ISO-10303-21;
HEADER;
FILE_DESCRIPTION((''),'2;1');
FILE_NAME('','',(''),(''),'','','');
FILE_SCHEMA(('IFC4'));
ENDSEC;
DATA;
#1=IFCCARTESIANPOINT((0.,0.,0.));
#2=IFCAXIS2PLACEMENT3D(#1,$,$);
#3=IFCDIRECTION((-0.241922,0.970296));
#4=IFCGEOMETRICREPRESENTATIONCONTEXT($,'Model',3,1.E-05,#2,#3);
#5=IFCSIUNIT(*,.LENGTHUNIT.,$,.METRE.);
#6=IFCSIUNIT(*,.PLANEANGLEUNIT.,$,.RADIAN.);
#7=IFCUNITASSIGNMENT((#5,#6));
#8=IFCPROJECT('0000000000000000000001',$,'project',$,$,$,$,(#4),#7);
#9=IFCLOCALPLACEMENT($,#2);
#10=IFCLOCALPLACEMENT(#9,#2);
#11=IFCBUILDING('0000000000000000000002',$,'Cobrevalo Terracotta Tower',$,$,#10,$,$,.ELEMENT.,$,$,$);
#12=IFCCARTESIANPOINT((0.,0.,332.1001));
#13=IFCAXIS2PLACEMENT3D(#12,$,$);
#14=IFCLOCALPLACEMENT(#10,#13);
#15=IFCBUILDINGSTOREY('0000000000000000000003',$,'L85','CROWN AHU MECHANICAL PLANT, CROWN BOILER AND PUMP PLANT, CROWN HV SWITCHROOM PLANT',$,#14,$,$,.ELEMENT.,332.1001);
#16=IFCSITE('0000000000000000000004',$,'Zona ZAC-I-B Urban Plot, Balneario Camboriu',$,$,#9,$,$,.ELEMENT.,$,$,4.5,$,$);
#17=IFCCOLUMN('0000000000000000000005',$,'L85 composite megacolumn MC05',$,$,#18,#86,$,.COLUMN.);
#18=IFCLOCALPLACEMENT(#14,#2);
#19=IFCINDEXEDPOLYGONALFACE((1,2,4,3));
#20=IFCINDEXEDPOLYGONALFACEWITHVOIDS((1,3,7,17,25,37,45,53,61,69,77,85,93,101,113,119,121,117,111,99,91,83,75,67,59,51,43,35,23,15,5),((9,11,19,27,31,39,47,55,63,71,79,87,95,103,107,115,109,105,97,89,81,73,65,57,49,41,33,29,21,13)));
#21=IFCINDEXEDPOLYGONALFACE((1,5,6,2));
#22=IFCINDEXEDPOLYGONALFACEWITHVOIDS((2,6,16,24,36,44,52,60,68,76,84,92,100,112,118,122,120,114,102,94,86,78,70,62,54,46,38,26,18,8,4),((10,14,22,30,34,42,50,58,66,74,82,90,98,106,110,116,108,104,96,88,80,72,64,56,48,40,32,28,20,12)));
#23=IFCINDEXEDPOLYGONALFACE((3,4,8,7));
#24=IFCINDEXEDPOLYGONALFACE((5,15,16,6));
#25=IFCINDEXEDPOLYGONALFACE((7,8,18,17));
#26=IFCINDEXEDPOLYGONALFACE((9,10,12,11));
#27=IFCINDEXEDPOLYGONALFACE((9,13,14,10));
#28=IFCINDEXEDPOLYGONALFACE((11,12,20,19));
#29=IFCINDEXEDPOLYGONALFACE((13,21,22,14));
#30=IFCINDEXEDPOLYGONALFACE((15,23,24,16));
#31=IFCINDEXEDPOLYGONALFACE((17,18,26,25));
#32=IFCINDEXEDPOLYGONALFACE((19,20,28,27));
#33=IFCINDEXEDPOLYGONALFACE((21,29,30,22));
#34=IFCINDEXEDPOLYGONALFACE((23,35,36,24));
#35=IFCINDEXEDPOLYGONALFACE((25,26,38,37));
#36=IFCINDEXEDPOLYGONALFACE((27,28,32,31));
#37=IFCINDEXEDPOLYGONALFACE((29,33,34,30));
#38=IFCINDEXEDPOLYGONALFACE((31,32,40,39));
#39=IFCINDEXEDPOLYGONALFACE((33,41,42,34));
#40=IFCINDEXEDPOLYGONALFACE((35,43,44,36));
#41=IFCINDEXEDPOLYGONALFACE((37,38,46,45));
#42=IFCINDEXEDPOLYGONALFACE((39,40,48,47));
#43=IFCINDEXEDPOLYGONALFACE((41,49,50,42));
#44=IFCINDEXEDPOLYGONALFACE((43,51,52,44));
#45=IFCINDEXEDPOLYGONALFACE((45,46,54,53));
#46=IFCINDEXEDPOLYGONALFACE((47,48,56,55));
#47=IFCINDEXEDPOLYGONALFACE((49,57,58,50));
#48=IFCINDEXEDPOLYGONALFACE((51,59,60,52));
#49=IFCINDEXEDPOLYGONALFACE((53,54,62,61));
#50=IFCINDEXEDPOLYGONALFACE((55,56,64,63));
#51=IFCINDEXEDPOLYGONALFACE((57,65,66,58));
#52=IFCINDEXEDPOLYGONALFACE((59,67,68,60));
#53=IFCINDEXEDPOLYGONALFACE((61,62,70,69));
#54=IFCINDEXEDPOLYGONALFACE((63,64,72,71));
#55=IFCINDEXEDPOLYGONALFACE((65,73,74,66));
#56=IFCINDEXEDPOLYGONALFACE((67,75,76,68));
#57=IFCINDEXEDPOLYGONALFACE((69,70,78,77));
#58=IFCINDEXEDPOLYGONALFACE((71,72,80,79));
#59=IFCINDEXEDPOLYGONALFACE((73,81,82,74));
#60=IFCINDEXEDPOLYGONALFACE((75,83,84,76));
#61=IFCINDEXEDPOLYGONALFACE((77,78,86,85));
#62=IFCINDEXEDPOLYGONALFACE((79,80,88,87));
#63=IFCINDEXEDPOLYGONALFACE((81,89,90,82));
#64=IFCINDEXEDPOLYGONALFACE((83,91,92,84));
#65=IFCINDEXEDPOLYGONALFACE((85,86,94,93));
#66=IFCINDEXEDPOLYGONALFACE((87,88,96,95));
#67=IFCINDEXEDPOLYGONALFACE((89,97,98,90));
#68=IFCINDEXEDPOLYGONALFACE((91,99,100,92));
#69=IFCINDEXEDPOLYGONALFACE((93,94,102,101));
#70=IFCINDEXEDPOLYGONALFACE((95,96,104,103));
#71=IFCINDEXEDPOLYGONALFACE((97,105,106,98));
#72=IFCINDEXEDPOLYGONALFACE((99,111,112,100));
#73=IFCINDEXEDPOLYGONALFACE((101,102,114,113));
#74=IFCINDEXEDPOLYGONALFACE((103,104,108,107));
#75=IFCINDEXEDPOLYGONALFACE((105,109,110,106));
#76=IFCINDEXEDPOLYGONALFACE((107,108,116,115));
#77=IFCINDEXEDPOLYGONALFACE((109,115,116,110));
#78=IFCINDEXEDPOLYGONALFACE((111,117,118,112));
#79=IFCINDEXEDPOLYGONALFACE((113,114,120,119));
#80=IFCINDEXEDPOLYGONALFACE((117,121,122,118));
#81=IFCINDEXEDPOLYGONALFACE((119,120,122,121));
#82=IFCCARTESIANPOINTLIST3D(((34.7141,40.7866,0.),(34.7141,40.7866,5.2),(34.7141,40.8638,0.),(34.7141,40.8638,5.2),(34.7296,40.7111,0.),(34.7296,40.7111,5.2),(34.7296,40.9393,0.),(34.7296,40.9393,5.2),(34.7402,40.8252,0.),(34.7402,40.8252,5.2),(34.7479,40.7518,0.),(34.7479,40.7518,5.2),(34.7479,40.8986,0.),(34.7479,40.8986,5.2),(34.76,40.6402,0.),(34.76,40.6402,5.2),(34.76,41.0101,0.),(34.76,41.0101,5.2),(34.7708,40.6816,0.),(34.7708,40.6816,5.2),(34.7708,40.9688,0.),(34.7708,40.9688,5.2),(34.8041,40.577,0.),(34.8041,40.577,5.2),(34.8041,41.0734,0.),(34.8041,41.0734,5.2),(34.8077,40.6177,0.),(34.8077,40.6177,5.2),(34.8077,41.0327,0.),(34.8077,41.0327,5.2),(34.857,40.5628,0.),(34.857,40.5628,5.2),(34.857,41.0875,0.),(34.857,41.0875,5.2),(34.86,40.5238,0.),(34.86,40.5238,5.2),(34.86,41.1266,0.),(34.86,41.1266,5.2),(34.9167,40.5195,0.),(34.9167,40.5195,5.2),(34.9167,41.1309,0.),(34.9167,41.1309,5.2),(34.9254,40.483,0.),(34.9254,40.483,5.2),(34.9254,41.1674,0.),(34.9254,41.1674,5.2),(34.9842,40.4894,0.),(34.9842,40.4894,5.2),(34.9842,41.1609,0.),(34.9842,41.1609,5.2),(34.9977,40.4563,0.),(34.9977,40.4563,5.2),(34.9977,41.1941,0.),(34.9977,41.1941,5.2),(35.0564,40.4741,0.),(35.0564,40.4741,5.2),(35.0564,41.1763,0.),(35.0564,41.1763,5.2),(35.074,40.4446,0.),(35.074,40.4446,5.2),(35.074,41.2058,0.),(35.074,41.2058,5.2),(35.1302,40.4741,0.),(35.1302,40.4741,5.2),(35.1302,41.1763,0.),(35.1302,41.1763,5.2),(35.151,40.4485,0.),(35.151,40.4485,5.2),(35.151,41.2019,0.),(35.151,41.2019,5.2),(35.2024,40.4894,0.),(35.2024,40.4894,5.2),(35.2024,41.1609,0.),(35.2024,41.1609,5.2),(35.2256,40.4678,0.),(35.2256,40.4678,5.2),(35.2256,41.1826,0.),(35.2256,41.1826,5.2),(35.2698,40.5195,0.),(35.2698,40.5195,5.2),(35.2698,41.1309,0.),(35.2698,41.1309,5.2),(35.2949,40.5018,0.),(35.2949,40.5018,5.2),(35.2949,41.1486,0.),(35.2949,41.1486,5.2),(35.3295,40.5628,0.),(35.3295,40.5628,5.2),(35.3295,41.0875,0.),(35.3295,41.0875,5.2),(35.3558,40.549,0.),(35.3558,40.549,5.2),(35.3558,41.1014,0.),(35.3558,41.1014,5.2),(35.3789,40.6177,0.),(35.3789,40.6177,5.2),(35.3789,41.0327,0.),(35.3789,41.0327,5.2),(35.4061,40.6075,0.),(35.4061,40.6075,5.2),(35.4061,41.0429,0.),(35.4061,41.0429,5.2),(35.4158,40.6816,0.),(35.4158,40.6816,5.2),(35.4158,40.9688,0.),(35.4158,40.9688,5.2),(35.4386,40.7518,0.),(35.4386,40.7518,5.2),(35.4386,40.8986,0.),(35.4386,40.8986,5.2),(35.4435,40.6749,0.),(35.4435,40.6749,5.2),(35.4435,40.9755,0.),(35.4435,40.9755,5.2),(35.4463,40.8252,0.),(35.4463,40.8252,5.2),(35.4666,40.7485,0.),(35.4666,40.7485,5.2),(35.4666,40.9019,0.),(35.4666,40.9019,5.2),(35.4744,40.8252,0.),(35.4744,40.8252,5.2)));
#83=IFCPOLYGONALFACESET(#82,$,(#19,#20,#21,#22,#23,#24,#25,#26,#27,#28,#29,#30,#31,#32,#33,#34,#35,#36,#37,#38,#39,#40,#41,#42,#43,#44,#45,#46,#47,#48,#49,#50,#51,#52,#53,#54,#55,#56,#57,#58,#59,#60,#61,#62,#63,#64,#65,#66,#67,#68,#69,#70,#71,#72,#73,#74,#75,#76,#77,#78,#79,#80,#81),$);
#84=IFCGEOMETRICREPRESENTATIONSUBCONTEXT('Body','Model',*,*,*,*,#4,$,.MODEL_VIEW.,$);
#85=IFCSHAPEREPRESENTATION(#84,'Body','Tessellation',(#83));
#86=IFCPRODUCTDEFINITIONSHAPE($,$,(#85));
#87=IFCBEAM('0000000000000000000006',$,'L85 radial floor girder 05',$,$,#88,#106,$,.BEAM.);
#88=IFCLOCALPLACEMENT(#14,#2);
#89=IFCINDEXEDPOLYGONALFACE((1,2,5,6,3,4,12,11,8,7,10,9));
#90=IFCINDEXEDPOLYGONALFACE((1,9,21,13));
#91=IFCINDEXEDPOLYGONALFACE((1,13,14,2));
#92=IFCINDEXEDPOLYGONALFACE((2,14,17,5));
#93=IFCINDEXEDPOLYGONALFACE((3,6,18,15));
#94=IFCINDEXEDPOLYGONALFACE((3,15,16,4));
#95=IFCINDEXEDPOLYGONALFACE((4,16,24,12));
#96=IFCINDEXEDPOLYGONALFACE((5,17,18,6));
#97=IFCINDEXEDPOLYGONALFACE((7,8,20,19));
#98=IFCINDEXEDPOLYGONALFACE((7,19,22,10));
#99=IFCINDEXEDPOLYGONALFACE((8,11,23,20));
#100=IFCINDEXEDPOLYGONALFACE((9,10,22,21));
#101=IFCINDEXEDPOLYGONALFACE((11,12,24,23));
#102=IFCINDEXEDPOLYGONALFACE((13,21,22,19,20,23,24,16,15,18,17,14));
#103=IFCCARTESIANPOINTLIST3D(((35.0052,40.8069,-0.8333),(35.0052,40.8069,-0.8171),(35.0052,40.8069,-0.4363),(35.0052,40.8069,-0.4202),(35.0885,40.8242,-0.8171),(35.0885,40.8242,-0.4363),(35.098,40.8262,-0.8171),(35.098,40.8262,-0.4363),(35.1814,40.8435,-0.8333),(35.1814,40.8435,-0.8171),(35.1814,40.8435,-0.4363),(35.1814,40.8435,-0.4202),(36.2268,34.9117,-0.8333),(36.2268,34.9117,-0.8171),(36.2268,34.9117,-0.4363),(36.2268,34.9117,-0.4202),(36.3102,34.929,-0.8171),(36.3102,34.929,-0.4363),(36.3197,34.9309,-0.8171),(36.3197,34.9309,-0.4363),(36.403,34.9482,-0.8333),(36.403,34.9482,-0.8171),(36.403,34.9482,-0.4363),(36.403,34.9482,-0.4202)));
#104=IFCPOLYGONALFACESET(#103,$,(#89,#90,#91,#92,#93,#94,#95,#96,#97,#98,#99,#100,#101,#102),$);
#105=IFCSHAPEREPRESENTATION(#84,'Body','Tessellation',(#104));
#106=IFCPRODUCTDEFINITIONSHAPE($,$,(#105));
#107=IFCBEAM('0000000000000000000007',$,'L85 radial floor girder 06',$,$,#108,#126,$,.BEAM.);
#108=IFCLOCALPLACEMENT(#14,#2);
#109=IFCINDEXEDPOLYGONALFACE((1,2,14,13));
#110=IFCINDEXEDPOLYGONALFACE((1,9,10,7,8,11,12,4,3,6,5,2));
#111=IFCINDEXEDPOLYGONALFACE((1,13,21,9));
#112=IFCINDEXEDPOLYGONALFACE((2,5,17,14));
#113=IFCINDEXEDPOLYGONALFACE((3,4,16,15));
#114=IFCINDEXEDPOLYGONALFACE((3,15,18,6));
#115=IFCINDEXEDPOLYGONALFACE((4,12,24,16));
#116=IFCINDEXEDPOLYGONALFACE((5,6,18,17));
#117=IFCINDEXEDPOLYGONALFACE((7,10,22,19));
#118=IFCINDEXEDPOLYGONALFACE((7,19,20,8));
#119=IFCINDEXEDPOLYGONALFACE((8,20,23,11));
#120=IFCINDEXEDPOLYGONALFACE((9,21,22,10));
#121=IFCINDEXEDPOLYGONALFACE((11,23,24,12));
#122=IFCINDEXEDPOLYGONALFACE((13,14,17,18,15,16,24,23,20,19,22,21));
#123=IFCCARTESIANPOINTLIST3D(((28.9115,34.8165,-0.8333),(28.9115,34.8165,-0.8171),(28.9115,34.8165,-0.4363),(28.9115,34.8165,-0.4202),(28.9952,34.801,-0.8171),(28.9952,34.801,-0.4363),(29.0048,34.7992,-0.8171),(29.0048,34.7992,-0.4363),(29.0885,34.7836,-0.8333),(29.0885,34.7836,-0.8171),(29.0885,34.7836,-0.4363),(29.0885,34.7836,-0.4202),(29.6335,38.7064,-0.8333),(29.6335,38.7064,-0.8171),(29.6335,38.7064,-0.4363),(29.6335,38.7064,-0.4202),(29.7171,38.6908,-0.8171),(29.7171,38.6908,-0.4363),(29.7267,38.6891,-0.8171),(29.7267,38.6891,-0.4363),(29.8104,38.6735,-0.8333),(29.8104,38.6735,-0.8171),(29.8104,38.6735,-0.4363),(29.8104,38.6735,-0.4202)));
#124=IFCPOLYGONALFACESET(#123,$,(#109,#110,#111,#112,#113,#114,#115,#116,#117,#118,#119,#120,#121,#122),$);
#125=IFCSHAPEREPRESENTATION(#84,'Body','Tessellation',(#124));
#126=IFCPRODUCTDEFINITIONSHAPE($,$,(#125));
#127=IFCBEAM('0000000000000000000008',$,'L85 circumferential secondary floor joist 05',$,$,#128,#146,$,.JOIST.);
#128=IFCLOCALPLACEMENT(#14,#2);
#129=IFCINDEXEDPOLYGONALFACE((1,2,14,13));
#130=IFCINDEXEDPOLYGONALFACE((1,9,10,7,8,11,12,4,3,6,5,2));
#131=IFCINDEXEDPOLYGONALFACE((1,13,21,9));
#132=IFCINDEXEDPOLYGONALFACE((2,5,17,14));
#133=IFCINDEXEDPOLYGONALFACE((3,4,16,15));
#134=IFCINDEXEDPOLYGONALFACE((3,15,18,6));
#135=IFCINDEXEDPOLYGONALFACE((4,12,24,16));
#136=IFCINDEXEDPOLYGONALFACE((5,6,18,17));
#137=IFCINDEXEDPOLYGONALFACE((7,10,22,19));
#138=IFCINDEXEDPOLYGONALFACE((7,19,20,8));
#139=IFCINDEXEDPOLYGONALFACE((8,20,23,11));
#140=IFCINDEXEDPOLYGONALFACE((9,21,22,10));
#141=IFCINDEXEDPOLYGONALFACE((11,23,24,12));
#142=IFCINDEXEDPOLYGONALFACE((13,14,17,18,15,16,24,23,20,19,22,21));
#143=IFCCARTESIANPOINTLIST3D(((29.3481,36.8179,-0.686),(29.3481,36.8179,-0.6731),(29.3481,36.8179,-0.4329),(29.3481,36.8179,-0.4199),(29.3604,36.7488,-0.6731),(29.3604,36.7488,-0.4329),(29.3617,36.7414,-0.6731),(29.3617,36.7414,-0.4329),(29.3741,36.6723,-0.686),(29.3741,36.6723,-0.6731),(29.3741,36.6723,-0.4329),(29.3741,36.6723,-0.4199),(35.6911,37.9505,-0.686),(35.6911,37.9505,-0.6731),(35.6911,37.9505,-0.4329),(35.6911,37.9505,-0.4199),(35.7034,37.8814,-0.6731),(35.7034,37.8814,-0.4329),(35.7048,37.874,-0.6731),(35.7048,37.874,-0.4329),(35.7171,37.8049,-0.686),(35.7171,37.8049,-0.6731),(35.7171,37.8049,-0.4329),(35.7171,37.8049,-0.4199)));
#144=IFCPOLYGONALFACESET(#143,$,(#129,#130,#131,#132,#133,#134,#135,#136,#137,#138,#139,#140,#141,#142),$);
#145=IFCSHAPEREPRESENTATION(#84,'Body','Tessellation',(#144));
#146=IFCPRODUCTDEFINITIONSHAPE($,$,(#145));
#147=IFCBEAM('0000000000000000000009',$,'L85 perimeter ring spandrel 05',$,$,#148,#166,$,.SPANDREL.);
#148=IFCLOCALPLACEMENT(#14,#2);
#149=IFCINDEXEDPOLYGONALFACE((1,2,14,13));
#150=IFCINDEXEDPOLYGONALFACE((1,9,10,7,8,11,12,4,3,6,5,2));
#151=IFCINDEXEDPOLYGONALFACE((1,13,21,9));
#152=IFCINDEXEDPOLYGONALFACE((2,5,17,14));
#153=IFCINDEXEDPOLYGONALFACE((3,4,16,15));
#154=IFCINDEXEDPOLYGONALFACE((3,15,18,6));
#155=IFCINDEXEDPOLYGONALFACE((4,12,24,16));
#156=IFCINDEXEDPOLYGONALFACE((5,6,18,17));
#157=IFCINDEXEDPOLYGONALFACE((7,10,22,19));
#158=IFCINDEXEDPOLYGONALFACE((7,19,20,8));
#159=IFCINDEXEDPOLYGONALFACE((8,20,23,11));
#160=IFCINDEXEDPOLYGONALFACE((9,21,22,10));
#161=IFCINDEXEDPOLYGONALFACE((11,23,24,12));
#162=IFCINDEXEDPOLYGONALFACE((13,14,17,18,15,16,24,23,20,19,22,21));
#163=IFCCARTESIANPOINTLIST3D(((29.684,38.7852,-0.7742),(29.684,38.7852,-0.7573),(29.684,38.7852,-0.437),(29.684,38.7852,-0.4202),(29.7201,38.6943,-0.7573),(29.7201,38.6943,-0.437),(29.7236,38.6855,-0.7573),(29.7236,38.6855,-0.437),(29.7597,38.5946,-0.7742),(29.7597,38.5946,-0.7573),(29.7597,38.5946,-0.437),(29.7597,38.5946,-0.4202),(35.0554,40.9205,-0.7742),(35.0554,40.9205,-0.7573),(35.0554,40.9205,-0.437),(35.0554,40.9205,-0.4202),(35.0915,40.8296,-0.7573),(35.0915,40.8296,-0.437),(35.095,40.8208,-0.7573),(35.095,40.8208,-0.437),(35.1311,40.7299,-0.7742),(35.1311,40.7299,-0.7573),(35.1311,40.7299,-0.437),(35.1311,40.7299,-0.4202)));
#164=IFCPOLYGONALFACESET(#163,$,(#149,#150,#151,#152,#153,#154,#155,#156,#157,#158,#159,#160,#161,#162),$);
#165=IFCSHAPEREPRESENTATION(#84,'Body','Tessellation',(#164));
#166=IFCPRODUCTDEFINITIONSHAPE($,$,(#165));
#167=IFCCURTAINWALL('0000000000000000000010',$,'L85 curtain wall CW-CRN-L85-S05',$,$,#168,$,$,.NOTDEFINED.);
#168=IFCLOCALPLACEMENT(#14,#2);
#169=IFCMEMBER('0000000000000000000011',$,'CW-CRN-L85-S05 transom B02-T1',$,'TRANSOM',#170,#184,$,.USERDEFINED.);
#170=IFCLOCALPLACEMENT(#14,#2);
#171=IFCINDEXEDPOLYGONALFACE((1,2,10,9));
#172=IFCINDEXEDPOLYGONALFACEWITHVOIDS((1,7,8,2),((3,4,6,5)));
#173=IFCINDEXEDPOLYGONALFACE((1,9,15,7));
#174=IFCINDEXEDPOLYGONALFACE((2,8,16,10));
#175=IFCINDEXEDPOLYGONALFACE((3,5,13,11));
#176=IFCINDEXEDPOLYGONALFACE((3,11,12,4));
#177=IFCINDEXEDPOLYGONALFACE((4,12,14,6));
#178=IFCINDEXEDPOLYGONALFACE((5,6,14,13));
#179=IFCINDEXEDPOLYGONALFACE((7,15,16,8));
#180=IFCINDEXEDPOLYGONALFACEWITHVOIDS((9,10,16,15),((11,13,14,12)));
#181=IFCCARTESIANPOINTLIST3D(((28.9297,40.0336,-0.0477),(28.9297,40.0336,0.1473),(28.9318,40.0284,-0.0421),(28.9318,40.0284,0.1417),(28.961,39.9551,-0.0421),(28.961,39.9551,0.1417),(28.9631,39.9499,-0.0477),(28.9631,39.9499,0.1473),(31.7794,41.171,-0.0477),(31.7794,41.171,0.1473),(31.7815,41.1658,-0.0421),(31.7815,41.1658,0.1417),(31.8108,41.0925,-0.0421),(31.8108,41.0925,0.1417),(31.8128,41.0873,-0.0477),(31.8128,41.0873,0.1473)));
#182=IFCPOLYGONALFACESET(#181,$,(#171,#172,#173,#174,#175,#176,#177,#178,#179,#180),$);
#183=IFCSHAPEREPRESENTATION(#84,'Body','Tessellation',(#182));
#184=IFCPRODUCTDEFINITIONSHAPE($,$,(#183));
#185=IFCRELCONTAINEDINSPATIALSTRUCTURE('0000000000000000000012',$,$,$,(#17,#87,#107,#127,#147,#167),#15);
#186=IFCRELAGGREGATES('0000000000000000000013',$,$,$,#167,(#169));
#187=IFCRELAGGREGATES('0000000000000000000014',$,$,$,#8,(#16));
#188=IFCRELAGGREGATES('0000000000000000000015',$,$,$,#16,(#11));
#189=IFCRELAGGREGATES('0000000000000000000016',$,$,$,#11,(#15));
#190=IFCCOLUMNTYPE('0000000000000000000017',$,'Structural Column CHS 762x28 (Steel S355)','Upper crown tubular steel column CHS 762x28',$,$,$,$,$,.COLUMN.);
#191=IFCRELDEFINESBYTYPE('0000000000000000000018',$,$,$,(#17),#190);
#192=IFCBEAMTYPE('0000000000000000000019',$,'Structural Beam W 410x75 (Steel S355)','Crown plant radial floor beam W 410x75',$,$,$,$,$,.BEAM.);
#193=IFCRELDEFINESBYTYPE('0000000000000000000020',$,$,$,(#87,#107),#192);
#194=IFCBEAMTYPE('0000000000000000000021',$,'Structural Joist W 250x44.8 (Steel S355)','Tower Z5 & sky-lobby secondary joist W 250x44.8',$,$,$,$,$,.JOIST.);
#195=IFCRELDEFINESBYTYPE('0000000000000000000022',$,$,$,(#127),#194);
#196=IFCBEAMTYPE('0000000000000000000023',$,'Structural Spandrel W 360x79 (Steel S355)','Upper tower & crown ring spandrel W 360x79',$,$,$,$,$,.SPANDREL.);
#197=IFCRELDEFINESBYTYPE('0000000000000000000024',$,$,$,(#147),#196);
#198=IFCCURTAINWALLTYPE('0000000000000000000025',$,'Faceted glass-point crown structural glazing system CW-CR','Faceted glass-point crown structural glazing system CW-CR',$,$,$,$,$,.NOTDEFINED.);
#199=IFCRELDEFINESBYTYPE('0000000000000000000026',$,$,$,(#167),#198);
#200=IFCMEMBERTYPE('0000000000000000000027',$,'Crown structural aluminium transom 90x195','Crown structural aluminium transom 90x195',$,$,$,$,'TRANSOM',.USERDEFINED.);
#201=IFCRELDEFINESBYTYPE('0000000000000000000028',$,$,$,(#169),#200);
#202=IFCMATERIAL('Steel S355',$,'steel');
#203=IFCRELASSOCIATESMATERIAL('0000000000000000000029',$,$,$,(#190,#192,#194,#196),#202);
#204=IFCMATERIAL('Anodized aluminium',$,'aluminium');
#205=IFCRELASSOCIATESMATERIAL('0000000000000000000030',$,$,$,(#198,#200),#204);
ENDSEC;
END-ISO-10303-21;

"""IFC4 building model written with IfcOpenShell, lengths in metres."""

from ifc_helpers import new_model, si_unit, direction, frame, origin, origin_2d, place, context, subcontext, project, spatial, hollow_rectangle, hollow_circle, i_section, extrude, source, transform, mapped, material, material_profile, profile_set, type_object, element, aggregate, save


model = new_model("IFC4")

# Units and contexts
model_context = context("Model", 3, precision=1e-05, world=origin(), true_north=direction((-0.241922, 0.970296)))
body_context = subcontext(model_context, "Body", "Model", "MODEL_VIEW")
ifc_project = project(units=[si_unit("LENGTHUNIT", "METRE"), si_unit("PLANEANGLEUNIT", "RADIAN")], contexts=[model_context])

# Site, building, storey
site_placement = place(None, origin())
site = spatial("IfcSite", under=ifc_project, at=site_placement, Name="Zona ZAC-I-B Urban Plot, Balneario Camboriu", CompositionType="ELEMENT", RefElevation=4.5)
building_placement = place(site_placement, origin())
building = spatial("IfcBuilding", under=site, at=building_placement, Name="Cobrevalo Terracotta Tower", CompositionType="ELEMENT")
storey_placement = place(building_placement, frame((0.0, 0.0, 332.1001)))
storey = spatial("IfcBuildingStorey", under=building, at=storey_placement, Name="L85", Description="CROWN AHU MECHANICAL PLANT, CROWN BOILER AND PUMP PLANT, CROWN HV SWITCHROOM PLANT", CompositionType="ELEMENT", Elevation=332.1001)

# Column
ifc_material_1 = material(Name="Steel S355", Category="steel")
ifc_material_profile_1 = material_profile(ifc_material_1, hollow_circle(Radius=0.3811, WallThickness=0.0281, at=origin_2d()), Name="CHS 762x28")
ifc_profile_set_1 = profile_set([ifc_material_profile_1], Name="Steel S355")
column_type = type_object("IfcColumnType", Name="Structural Column CHS 762x28 (Steel S355)", Description="Upper crown tubular steel column CHS 762x28", PredefinedType="COLUMN", material=ifc_profile_set_1)
column_placement = place(storey_placement, frame((35.0933, 40.8252, 0.0), z_axis=(0.0, 0.0, 1.0), x_axis=(1.0, 0.0, 0.0)))
element("IfcColumn", 1, at=column_placement, inside=storey, type_object=column_type, Name="L85 composite megacolumn MC05", PredefinedType="COLUMN", context=body_context, shape_type="SweptSolid", body=[
    extrude(hollow_circle(Radius=0.3811, WallThickness=0.0281, at=origin_2d()), origin(), (0.0, 0.0, 1.0), 5.2),
])

# Beams
ifc_material_profile_2 = material_profile(ifc_material_1, i_section(OverallWidth=0.1799, OverallDepth=0.4131, WebThickness=0.0098, FlangeThickness=0.0161, at=origin_2d()), Name="W 410x75")
ifc_profile_set_2 = profile_set([ifc_material_profile_2], Name="Steel S355")
beam_type_1 = type_object("IfcBeamType", Name="Structural Beam W 410x75 (Steel S355)", Description="Crown plant radial floor beam W 410x75", PredefinedType="BEAM", material=ifc_profile_set_2)
beam_1_placement = place(storey_placement, frame((35.0933, 40.8252, -0.6267), z_axis=(0.202919, -0.979195, 0.0), x_axis=(0.979195, 0.202919, 0.0)))
element("IfcBeam", 2, at=beam_1_placement, inside=storey, type_object=beam_type_1, Name="L85 radial floor girder 05", PredefinedType="BEAM", context=body_context, shape_type="SweptSolid", body=[
    extrude(i_section(OverallWidth=0.1799, OverallDepth=0.4131, WebThickness=0.0098, FlangeThickness=0.0161, at=origin_2d()), origin(), (0.0, 0.0, 1.0), 6.0205),
])
beam_2_placement = place(storey_placement, frame((29.7219, 38.6899, -0.6267), z_axis=(-0.182474, -0.983211, 0.0), x_axis=(0.983211, -0.182474, 0.0)))
element("IfcBeam", 3, at=beam_2_placement, inside=storey, type_object=beam_type_1, Name="L85 radial floor girder 06", PredefinedType="BEAM", context=body_context, shape_type="SweptSolid", body=[
    extrude(i_section(OverallWidth=0.1799, OverallDepth=0.4131, WebThickness=0.0098, FlangeThickness=0.0161, at=origin_2d()), origin(), (0.0, 0.0, 1.0), 3.9563),
])
ifc_material_profile_3 = material_profile(ifc_material_1, i_section(OverallWidth=0.1479, OverallDepth=0.2661, WebThickness=0.0076, FlangeThickness=0.0129, at=origin_2d()), Name="W 250x44.8")
ifc_profile_set_3 = profile_set([ifc_material_profile_3], Name="Steel S355")
beam_type_2 = type_object("IfcBeamType", Name="Structural Joist W 250x44.8 (Steel S355)", Description="Tower Z5 & sky-lobby secondary joist W 250x44.8", PredefinedType="JOIST", material=ifc_profile_set_3)
beam_3_placement = place(storey_placement, frame((35.7041, 37.8777, -0.553), z_axis=(-0.984431, -0.175774, 0.0), x_axis=(0.175774, -0.984431, 0.0)))
element("IfcBeam", 4, at=beam_3_placement, inside=storey, type_object=beam_type_2, Name="L85 circumferential secondary floor joist 05", PredefinedType="JOIST", context=body_context, shape_type="SweptSolid", body=[
    extrude(i_section(OverallWidth=0.1479, OverallDepth=0.2661, WebThickness=0.0076, FlangeThickness=0.0129, at=origin_2d()), origin(), (0.0, 0.0, 1.0), 6.4434),
])
ifc_material_profile_4 = material_profile(ifc_material_1, i_section(OverallWidth=0.2051, OverallDepth=0.354, WebThickness=0.0095, FlangeThickness=0.0168, at=origin_2d()), Name="W 360x79")
ifc_profile_set_4 = profile_set([ifc_material_profile_4], Name="Steel S355")
beam_type_3 = type_object("IfcBeamType", Name="Structural Spandrel W 360x79 (Steel S355)", Description="Upper tower & crown ring spandrel W 360x79", PredefinedType="SPANDREL", material=ifc_profile_set_4)
beam_4_placement = place(storey_placement, frame((35.0933, 40.8252, -0.5972), z_axis=(-0.929267, -0.369409, 0.0), x_axis=(0.369409, -0.929267, 0.0)))
element("IfcBeam", 5, at=beam_4_placement, inside=storey, type_object=beam_type_3, Name="L85 perimeter ring spandrel 05", PredefinedType="SPANDREL", context=body_context, shape_type="SweptSolid", body=[
    extrude(i_section(OverallWidth=0.2051, OverallDepth=0.354, WebThickness=0.0095, FlangeThickness=0.0168, at=origin_2d()), origin(), (0.0, 0.0, 1.0), 5.7803),
])

# Curtain wall, member
ifc_material_2 = material(Name="Anodized aluminium", Category="aluminium")
curtain_wall_type = type_object("IfcCurtainWallType", Name="Faceted glass-point crown structural glazing system CW-CR", Description="Faceted glass-point crown structural glazing system CW-CR", PredefinedType="NOTDEFINED", material=ifc_material_2)
curtain_wall_1_placement = place(storey_placement, origin())
curtain_wall_1 = element("IfcCurtainWall", 6, at=curtain_wall_1_placement, inside=storey, type_object=curtain_wall_type, Name="L85 curtain wall CW-CRN-L85-S05", PredefinedType="NOTDEFINED")
ifc_material_profile_5 = material_profile(ifc_material_2, hollow_rectangle(XDim=0.0901, YDim=0.1951, WallThickness=0.0056, at=origin_2d()), Name="CWT 90x195")
ifc_profile_set_5 = profile_set([ifc_material_profile_5], Name="Anodized aluminium")
member_type_1 = type_object("IfcMemberType", Name="Crown structural aluminium transom 90x195", Description="Crown structural aluminium transom 90x195", ElementType="TRANSOM", PredefinedType="USERDEFINED", material=ifc_profile_set_5)
shared_shape_1 = source(origin(), body_context, "Body", "SweptSolid", [
    extrude(hollow_rectangle(XDim=0.0901, YDim=0.1951, WallThickness=0.0056, at=origin_2d()), origin(), (0.0, 0.0, 1.0), 3.0684),
])
member_1_placement = place(storey_placement, frame((31.7961, 41.1292, 0.0498), z_axis=(-0.928756, -0.370691, 0.0), x_axis=(0.370691, -0.928756, 0.0)))
member_1 = element("IfcMember", 7, at=member_1_placement, type_object=member_type_1, Name="CW-CRN-L85-S05 transom B02-T1", ObjectType="TRANSOM", PredefinedType="USERDEFINED", context=body_context, shape_type="MappedRepresentation", body=[
    mapped(shared_shape_1, transform((0.0, 0.0, 0.0), scale=1.0)),
])

aggregate(curtain_wall_1, [member_1])

save(model, "model.ifc")
